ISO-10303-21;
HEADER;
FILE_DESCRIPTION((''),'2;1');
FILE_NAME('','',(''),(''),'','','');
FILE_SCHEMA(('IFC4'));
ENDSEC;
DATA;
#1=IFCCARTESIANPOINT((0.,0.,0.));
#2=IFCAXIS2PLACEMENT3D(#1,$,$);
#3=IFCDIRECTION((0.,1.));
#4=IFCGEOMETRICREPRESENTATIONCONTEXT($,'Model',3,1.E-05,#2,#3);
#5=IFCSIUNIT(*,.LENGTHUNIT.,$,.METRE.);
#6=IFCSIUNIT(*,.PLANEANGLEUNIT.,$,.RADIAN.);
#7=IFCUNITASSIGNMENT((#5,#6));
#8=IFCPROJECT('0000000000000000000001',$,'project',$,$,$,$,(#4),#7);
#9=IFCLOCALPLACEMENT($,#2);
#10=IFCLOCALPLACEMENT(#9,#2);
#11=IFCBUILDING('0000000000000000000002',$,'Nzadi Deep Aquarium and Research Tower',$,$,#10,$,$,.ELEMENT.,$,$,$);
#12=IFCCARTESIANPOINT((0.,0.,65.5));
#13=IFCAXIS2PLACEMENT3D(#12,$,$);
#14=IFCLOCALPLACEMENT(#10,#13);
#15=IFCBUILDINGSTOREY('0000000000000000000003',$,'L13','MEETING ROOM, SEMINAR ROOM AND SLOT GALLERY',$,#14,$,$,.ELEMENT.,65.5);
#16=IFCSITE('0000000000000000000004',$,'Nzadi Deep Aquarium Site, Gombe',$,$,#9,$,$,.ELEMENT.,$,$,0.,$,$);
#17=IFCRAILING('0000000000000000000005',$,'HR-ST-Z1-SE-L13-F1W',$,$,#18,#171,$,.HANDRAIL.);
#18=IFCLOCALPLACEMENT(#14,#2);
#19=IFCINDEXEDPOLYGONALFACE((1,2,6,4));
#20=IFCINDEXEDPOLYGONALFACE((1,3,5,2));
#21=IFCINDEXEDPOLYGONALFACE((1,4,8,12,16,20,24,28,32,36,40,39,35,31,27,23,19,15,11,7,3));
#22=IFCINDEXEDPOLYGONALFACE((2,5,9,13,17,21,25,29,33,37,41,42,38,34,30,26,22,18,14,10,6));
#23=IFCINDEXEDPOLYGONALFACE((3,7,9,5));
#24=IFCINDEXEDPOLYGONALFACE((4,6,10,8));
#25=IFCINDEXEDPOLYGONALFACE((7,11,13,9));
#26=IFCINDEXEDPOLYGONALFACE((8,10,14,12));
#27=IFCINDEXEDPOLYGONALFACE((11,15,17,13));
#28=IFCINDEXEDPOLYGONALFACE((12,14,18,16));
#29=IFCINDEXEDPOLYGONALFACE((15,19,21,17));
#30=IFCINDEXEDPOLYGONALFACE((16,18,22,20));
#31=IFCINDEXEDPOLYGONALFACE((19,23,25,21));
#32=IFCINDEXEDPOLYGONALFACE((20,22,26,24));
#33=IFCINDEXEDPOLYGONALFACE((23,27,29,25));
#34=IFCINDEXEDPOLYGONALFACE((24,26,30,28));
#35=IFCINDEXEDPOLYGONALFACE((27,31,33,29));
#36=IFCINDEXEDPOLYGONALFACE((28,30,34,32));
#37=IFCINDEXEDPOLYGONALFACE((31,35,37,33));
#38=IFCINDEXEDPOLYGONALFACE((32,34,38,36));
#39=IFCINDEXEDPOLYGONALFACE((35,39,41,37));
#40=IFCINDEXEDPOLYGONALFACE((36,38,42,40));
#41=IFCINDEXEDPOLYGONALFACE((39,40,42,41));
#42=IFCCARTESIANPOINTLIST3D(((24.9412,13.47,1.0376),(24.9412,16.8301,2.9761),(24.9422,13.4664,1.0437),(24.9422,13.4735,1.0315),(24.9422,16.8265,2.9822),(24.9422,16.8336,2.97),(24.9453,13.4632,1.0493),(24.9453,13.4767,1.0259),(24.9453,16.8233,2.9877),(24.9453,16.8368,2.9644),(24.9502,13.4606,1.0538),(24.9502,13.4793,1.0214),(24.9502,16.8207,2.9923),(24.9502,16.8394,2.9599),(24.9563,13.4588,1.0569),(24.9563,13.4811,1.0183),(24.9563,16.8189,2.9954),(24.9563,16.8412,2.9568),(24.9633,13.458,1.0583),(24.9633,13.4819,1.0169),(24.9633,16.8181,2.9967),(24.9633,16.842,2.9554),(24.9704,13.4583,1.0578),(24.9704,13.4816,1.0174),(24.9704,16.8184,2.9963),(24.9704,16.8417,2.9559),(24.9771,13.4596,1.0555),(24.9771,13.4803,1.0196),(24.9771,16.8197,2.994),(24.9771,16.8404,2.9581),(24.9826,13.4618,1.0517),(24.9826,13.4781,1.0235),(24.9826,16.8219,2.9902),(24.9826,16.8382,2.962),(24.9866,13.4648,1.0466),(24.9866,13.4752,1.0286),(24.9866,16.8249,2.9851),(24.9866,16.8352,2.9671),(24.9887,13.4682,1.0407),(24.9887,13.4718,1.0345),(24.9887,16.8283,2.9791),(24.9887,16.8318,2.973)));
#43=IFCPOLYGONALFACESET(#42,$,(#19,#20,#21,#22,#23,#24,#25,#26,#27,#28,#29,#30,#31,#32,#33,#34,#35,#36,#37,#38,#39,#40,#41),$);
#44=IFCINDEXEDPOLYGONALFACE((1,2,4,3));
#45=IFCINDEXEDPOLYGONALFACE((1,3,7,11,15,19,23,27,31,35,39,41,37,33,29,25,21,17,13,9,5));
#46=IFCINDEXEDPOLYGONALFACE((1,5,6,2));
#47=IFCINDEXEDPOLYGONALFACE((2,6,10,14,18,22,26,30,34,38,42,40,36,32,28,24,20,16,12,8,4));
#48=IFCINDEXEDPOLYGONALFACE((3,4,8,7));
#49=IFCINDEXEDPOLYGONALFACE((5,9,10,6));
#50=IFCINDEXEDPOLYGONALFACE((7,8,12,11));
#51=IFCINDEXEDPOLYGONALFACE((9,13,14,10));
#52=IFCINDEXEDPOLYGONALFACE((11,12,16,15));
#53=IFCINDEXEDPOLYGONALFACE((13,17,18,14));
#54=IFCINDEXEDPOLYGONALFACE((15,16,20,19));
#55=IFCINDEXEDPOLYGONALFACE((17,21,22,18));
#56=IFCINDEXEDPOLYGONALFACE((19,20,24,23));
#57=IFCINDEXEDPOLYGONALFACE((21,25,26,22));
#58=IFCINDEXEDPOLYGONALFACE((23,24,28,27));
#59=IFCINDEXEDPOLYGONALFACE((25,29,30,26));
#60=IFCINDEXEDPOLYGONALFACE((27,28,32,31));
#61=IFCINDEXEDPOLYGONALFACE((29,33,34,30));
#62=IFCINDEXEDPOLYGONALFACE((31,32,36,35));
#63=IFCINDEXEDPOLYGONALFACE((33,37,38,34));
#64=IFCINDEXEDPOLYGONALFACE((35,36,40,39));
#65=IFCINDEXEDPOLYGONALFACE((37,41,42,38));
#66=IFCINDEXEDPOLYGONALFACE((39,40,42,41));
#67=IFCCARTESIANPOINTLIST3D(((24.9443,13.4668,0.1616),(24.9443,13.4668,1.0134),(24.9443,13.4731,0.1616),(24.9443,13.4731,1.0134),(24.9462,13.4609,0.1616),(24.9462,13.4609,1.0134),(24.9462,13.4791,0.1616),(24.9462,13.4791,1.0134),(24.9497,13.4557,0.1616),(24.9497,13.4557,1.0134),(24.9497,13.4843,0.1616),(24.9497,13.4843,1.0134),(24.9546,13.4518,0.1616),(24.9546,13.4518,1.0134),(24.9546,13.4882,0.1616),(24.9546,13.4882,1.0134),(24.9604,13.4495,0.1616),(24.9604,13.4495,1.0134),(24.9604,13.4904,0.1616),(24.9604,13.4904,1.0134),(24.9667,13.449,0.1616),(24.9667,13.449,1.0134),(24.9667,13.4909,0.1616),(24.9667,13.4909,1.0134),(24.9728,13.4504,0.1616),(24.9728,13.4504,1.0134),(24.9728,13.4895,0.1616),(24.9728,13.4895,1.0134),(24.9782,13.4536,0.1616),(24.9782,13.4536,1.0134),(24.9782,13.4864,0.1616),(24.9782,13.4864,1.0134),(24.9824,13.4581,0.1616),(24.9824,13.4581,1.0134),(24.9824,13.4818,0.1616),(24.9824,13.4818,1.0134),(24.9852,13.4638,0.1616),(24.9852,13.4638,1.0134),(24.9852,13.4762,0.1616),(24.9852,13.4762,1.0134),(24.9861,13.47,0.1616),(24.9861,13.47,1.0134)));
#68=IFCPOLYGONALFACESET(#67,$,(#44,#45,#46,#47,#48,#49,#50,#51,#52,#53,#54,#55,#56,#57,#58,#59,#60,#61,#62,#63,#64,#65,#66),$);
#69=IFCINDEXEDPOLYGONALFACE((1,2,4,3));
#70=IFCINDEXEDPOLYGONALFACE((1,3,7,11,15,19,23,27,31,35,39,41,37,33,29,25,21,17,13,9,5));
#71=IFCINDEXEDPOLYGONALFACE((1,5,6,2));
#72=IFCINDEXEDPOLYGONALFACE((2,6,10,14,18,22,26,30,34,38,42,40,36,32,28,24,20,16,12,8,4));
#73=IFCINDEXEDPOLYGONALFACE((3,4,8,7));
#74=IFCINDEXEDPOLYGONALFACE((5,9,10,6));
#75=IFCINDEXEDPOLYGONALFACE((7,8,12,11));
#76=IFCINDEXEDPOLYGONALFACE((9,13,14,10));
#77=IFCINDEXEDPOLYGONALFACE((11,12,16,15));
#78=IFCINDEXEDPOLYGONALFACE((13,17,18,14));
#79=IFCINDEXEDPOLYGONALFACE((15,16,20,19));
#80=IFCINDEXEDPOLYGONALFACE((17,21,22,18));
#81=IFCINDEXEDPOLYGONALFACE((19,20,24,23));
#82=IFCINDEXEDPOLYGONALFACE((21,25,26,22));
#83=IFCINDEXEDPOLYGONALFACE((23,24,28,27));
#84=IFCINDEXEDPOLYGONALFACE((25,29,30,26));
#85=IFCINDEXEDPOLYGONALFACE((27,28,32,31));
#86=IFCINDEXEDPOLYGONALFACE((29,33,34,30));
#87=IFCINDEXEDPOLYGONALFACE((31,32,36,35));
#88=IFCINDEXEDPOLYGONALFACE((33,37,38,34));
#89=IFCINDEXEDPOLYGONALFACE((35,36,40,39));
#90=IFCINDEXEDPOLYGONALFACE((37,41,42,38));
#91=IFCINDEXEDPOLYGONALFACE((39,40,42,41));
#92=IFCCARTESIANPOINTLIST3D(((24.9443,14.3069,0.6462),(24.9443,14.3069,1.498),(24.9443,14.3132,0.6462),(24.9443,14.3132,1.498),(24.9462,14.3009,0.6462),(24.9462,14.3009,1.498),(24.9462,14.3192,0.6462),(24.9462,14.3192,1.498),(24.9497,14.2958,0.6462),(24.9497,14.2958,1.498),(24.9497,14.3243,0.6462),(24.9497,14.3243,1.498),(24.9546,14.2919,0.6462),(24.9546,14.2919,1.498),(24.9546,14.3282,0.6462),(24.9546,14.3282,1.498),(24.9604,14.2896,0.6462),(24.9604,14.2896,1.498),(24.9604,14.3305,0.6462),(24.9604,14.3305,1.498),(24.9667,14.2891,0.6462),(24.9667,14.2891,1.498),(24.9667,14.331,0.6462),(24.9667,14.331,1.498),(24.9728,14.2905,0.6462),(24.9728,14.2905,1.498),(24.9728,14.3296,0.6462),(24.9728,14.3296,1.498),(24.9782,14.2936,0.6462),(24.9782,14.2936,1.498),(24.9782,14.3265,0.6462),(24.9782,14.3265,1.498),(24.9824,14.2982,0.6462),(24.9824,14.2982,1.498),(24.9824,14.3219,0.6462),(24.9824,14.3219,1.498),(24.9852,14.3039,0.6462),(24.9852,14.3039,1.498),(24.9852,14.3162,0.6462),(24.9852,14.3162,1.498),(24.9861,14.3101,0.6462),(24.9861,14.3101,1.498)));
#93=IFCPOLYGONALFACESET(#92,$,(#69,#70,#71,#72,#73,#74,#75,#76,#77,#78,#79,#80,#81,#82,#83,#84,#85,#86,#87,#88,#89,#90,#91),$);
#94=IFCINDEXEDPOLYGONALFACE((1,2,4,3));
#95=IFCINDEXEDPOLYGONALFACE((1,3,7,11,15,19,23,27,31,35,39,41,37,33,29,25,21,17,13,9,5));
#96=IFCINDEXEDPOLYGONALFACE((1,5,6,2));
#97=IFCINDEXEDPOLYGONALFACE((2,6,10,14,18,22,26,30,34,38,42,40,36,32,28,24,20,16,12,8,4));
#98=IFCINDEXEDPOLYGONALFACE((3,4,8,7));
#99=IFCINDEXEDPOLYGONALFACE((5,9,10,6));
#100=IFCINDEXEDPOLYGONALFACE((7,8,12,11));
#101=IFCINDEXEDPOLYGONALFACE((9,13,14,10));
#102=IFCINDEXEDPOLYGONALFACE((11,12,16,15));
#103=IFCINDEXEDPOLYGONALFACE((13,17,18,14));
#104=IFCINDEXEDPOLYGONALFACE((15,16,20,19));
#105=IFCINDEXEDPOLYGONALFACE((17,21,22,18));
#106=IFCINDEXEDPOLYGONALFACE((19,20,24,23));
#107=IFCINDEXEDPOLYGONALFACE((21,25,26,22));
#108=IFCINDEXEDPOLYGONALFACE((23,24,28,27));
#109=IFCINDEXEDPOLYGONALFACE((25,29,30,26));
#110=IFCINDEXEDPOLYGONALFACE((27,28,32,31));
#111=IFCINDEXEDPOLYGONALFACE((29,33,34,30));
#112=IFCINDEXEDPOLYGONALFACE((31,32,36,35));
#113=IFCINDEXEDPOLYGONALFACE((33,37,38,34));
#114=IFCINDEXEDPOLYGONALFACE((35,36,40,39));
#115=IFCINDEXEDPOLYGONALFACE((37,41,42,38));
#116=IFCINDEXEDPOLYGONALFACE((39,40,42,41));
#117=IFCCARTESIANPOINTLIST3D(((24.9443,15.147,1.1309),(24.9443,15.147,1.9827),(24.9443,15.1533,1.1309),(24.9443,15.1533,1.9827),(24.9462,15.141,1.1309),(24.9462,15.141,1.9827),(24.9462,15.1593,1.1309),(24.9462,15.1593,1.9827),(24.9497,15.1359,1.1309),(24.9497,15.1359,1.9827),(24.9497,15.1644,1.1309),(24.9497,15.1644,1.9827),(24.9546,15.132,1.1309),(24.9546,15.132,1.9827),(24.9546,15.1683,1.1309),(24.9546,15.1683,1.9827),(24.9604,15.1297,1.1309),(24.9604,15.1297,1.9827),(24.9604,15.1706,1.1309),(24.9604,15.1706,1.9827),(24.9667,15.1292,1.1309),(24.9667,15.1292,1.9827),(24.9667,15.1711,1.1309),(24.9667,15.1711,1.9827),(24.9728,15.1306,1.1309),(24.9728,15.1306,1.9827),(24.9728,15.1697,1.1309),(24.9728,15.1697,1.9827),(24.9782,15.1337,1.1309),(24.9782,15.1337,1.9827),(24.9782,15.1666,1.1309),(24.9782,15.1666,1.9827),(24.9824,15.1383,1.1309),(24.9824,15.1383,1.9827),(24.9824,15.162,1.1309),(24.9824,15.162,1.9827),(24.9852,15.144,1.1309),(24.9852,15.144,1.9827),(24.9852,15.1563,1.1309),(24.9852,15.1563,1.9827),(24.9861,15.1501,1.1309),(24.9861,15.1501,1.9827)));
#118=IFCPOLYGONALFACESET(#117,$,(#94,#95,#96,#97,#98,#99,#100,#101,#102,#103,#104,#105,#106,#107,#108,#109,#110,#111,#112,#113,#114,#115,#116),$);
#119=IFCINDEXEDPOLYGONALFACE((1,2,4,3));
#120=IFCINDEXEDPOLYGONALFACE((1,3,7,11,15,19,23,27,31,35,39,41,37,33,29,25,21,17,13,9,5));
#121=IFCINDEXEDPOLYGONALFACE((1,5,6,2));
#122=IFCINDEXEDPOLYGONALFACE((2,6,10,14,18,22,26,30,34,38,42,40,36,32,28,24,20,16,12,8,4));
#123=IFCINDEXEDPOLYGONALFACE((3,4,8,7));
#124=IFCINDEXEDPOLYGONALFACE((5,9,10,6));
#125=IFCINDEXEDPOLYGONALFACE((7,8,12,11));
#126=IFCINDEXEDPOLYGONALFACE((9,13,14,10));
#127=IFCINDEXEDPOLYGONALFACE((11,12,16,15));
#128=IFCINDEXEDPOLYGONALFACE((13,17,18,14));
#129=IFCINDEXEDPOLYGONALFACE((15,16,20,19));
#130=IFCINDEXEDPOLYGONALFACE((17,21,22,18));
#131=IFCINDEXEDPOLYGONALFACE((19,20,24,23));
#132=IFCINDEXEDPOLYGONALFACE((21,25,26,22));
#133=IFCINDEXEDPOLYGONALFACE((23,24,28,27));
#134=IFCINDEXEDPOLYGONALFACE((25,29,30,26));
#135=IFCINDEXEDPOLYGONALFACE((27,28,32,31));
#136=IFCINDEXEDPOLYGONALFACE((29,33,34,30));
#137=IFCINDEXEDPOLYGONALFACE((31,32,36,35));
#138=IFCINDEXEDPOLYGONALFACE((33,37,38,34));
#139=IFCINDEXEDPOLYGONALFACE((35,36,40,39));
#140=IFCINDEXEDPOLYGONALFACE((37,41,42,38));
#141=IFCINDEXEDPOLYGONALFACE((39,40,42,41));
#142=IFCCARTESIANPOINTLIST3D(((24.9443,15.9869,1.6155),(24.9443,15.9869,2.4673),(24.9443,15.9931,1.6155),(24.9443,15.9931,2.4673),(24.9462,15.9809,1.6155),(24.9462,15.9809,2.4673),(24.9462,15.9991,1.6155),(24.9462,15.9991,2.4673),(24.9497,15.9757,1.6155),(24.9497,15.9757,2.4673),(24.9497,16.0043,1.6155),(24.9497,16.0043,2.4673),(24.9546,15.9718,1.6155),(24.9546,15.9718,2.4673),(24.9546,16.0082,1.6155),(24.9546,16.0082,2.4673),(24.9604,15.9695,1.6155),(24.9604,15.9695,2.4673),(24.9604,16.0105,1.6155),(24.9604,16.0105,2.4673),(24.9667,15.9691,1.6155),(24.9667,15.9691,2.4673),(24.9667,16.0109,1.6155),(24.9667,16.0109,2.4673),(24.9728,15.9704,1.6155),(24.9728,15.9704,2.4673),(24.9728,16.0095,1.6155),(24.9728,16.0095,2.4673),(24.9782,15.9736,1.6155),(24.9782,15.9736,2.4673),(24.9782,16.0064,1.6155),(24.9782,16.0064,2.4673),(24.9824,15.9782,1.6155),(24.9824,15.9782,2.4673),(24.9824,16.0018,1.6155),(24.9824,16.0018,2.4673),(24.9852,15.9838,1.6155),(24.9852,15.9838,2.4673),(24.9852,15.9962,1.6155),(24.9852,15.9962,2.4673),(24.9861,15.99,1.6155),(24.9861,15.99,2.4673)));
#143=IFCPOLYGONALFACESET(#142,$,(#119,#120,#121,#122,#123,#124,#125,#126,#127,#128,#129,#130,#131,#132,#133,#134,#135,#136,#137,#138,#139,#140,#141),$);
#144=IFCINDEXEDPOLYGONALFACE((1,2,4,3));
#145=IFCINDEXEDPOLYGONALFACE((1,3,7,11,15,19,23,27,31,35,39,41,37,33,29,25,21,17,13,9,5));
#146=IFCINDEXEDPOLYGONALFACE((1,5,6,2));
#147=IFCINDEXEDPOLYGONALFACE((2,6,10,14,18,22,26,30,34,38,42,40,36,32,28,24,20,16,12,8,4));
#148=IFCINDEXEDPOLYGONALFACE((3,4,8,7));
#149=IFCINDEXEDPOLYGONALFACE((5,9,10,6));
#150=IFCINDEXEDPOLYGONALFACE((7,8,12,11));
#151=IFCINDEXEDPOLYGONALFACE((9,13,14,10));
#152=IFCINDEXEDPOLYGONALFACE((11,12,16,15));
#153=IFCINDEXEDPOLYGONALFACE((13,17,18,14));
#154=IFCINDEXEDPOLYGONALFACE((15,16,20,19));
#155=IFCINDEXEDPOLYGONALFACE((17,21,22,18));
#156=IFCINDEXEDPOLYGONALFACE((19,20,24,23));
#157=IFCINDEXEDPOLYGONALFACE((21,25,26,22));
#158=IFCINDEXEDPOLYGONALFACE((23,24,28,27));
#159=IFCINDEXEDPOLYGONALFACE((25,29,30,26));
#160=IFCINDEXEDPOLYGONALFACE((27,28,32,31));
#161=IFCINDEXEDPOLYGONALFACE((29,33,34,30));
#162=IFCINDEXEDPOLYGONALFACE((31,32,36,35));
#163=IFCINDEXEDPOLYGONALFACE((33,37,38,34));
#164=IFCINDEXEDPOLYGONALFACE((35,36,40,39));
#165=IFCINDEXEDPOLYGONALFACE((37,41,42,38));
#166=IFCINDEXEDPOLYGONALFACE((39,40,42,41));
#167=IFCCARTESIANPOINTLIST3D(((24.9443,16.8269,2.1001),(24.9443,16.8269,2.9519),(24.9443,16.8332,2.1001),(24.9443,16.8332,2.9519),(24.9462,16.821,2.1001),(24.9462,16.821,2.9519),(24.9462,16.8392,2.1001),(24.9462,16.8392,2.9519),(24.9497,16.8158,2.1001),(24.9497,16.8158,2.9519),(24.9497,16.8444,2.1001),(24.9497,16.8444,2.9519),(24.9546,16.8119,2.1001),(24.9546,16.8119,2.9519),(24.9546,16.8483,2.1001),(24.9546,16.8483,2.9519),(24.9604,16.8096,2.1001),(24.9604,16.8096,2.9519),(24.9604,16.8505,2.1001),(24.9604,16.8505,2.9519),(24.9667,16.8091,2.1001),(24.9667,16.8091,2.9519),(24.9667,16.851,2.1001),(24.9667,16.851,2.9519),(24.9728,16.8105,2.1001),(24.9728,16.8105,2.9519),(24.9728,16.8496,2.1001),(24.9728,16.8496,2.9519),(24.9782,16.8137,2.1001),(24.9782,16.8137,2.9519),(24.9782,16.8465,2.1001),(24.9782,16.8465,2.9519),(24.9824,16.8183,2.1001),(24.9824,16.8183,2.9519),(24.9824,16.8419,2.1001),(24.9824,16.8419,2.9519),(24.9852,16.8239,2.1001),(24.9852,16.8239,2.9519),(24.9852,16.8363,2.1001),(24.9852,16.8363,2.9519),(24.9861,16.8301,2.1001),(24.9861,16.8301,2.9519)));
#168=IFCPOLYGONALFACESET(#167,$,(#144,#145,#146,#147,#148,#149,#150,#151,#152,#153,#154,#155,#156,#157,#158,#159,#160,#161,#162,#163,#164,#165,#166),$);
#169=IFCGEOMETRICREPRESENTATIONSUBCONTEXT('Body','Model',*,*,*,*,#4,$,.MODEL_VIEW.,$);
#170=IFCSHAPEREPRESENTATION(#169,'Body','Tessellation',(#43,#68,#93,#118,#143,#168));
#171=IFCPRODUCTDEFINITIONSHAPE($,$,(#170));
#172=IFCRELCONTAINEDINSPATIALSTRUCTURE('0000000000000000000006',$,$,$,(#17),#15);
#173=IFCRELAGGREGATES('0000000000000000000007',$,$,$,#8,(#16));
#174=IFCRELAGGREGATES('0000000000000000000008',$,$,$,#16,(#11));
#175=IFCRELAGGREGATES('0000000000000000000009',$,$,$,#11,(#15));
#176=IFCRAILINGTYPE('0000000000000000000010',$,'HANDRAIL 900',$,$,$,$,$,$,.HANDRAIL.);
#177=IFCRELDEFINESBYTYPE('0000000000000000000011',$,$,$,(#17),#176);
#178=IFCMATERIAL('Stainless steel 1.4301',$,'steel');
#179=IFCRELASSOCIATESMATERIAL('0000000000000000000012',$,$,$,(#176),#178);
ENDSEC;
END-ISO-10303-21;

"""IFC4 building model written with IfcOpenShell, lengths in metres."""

from ifc_helpers import new_model, si_unit, direction, frame, origin, origin_2d, place, context, subcontext, project, spatial, circle, extrude, material, type_object, element, save


model = new_model("IFC4")

# Units and contexts
model_context = context("Model", 3, precision=1e-05, world=origin(), true_north=direction((0.0, 1.0)))
body_context = subcontext(model_context, "Body", "Model", "MODEL_VIEW")
ifc_project = project(units=[si_unit("LENGTHUNIT", "METRE"), si_unit("PLANEANGLEUNIT", "RADIAN")], contexts=[model_context])

# Site, building, storey
site_placement = place(None, origin())
site = spatial("IfcSite", under=ifc_project, at=site_placement, Name="Nzadi Deep Aquarium Site, Gombe", CompositionType="ELEMENT", RefElevation=0.0)
building_placement = place(site_placement, origin())
building = spatial("IfcBuilding", under=site, at=building_placement, Name="Nzadi Deep Aquarium and Research Tower", CompositionType="ELEMENT")
storey_placement = place(building_placement, frame((0.0, 0.0, 65.5)))
storey = spatial("IfcBuildingStorey", under=building, at=storey_placement, Name="L13", Description="MEETING ROOM, SEMINAR ROOM AND SLOT GALLERY", CompositionType="ELEMENT", Elevation=65.5)

# Railing
ifc_material_1 = material(Name="Stainless steel 1.4301", Category="steel")
railing_type_1 = type_object("IfcRailingType", Name="HANDRAIL 900", PredefinedType="HANDRAIL", material=ifc_material_1)
railing_1_placement = place(storey_placement, frame((24.9651, 13.47, 0.1616)))
element("IfcRailing", 1, at=railing_1_placement, inside=storey, type_object=railing_type_1, Name="HR-ST-Z1-SE-L13-F1W", PredefinedType="HANDRAIL", context=body_context, shape_type="SweptSolid", body=[
    extrude(circle(Radius=0.0239, at=origin_2d()), frame((0.0, 0.0, 0.876), z_axis=(0.0, 0.866191, 0.499713), x_axis=(-1.0, 0.0, 0.0)), (0.0, 0.0, 1.0), 3.8792),
    extrude(circle(Radius=0.021, at=origin_2d()), origin(), (0.0, 0.0, 1.0), 0.8518),
    extrude(circle(Radius=0.021, at=origin_2d()), frame((0.0, 0.8401, 0.4846)), (0.0, 0.0, 1.0), 0.8518),
    extrude(circle(Radius=0.021, at=origin_2d()), frame((0.0, 1.6802, 0.9692)), (0.0, 0.0, 1.0), 0.8518),
    extrude(circle(Radius=0.021, at=origin_2d()), frame((0.0, 2.52, 1.4539)), (0.0, 0.0, 1.0), 0.8518),
    extrude(circle(Radius=0.021, at=origin_2d()), frame((0.0, 3.3601, 1.9385)), (0.0, 0.0, 1.0), 0.8518),
])

save(model, "model.ifc")
